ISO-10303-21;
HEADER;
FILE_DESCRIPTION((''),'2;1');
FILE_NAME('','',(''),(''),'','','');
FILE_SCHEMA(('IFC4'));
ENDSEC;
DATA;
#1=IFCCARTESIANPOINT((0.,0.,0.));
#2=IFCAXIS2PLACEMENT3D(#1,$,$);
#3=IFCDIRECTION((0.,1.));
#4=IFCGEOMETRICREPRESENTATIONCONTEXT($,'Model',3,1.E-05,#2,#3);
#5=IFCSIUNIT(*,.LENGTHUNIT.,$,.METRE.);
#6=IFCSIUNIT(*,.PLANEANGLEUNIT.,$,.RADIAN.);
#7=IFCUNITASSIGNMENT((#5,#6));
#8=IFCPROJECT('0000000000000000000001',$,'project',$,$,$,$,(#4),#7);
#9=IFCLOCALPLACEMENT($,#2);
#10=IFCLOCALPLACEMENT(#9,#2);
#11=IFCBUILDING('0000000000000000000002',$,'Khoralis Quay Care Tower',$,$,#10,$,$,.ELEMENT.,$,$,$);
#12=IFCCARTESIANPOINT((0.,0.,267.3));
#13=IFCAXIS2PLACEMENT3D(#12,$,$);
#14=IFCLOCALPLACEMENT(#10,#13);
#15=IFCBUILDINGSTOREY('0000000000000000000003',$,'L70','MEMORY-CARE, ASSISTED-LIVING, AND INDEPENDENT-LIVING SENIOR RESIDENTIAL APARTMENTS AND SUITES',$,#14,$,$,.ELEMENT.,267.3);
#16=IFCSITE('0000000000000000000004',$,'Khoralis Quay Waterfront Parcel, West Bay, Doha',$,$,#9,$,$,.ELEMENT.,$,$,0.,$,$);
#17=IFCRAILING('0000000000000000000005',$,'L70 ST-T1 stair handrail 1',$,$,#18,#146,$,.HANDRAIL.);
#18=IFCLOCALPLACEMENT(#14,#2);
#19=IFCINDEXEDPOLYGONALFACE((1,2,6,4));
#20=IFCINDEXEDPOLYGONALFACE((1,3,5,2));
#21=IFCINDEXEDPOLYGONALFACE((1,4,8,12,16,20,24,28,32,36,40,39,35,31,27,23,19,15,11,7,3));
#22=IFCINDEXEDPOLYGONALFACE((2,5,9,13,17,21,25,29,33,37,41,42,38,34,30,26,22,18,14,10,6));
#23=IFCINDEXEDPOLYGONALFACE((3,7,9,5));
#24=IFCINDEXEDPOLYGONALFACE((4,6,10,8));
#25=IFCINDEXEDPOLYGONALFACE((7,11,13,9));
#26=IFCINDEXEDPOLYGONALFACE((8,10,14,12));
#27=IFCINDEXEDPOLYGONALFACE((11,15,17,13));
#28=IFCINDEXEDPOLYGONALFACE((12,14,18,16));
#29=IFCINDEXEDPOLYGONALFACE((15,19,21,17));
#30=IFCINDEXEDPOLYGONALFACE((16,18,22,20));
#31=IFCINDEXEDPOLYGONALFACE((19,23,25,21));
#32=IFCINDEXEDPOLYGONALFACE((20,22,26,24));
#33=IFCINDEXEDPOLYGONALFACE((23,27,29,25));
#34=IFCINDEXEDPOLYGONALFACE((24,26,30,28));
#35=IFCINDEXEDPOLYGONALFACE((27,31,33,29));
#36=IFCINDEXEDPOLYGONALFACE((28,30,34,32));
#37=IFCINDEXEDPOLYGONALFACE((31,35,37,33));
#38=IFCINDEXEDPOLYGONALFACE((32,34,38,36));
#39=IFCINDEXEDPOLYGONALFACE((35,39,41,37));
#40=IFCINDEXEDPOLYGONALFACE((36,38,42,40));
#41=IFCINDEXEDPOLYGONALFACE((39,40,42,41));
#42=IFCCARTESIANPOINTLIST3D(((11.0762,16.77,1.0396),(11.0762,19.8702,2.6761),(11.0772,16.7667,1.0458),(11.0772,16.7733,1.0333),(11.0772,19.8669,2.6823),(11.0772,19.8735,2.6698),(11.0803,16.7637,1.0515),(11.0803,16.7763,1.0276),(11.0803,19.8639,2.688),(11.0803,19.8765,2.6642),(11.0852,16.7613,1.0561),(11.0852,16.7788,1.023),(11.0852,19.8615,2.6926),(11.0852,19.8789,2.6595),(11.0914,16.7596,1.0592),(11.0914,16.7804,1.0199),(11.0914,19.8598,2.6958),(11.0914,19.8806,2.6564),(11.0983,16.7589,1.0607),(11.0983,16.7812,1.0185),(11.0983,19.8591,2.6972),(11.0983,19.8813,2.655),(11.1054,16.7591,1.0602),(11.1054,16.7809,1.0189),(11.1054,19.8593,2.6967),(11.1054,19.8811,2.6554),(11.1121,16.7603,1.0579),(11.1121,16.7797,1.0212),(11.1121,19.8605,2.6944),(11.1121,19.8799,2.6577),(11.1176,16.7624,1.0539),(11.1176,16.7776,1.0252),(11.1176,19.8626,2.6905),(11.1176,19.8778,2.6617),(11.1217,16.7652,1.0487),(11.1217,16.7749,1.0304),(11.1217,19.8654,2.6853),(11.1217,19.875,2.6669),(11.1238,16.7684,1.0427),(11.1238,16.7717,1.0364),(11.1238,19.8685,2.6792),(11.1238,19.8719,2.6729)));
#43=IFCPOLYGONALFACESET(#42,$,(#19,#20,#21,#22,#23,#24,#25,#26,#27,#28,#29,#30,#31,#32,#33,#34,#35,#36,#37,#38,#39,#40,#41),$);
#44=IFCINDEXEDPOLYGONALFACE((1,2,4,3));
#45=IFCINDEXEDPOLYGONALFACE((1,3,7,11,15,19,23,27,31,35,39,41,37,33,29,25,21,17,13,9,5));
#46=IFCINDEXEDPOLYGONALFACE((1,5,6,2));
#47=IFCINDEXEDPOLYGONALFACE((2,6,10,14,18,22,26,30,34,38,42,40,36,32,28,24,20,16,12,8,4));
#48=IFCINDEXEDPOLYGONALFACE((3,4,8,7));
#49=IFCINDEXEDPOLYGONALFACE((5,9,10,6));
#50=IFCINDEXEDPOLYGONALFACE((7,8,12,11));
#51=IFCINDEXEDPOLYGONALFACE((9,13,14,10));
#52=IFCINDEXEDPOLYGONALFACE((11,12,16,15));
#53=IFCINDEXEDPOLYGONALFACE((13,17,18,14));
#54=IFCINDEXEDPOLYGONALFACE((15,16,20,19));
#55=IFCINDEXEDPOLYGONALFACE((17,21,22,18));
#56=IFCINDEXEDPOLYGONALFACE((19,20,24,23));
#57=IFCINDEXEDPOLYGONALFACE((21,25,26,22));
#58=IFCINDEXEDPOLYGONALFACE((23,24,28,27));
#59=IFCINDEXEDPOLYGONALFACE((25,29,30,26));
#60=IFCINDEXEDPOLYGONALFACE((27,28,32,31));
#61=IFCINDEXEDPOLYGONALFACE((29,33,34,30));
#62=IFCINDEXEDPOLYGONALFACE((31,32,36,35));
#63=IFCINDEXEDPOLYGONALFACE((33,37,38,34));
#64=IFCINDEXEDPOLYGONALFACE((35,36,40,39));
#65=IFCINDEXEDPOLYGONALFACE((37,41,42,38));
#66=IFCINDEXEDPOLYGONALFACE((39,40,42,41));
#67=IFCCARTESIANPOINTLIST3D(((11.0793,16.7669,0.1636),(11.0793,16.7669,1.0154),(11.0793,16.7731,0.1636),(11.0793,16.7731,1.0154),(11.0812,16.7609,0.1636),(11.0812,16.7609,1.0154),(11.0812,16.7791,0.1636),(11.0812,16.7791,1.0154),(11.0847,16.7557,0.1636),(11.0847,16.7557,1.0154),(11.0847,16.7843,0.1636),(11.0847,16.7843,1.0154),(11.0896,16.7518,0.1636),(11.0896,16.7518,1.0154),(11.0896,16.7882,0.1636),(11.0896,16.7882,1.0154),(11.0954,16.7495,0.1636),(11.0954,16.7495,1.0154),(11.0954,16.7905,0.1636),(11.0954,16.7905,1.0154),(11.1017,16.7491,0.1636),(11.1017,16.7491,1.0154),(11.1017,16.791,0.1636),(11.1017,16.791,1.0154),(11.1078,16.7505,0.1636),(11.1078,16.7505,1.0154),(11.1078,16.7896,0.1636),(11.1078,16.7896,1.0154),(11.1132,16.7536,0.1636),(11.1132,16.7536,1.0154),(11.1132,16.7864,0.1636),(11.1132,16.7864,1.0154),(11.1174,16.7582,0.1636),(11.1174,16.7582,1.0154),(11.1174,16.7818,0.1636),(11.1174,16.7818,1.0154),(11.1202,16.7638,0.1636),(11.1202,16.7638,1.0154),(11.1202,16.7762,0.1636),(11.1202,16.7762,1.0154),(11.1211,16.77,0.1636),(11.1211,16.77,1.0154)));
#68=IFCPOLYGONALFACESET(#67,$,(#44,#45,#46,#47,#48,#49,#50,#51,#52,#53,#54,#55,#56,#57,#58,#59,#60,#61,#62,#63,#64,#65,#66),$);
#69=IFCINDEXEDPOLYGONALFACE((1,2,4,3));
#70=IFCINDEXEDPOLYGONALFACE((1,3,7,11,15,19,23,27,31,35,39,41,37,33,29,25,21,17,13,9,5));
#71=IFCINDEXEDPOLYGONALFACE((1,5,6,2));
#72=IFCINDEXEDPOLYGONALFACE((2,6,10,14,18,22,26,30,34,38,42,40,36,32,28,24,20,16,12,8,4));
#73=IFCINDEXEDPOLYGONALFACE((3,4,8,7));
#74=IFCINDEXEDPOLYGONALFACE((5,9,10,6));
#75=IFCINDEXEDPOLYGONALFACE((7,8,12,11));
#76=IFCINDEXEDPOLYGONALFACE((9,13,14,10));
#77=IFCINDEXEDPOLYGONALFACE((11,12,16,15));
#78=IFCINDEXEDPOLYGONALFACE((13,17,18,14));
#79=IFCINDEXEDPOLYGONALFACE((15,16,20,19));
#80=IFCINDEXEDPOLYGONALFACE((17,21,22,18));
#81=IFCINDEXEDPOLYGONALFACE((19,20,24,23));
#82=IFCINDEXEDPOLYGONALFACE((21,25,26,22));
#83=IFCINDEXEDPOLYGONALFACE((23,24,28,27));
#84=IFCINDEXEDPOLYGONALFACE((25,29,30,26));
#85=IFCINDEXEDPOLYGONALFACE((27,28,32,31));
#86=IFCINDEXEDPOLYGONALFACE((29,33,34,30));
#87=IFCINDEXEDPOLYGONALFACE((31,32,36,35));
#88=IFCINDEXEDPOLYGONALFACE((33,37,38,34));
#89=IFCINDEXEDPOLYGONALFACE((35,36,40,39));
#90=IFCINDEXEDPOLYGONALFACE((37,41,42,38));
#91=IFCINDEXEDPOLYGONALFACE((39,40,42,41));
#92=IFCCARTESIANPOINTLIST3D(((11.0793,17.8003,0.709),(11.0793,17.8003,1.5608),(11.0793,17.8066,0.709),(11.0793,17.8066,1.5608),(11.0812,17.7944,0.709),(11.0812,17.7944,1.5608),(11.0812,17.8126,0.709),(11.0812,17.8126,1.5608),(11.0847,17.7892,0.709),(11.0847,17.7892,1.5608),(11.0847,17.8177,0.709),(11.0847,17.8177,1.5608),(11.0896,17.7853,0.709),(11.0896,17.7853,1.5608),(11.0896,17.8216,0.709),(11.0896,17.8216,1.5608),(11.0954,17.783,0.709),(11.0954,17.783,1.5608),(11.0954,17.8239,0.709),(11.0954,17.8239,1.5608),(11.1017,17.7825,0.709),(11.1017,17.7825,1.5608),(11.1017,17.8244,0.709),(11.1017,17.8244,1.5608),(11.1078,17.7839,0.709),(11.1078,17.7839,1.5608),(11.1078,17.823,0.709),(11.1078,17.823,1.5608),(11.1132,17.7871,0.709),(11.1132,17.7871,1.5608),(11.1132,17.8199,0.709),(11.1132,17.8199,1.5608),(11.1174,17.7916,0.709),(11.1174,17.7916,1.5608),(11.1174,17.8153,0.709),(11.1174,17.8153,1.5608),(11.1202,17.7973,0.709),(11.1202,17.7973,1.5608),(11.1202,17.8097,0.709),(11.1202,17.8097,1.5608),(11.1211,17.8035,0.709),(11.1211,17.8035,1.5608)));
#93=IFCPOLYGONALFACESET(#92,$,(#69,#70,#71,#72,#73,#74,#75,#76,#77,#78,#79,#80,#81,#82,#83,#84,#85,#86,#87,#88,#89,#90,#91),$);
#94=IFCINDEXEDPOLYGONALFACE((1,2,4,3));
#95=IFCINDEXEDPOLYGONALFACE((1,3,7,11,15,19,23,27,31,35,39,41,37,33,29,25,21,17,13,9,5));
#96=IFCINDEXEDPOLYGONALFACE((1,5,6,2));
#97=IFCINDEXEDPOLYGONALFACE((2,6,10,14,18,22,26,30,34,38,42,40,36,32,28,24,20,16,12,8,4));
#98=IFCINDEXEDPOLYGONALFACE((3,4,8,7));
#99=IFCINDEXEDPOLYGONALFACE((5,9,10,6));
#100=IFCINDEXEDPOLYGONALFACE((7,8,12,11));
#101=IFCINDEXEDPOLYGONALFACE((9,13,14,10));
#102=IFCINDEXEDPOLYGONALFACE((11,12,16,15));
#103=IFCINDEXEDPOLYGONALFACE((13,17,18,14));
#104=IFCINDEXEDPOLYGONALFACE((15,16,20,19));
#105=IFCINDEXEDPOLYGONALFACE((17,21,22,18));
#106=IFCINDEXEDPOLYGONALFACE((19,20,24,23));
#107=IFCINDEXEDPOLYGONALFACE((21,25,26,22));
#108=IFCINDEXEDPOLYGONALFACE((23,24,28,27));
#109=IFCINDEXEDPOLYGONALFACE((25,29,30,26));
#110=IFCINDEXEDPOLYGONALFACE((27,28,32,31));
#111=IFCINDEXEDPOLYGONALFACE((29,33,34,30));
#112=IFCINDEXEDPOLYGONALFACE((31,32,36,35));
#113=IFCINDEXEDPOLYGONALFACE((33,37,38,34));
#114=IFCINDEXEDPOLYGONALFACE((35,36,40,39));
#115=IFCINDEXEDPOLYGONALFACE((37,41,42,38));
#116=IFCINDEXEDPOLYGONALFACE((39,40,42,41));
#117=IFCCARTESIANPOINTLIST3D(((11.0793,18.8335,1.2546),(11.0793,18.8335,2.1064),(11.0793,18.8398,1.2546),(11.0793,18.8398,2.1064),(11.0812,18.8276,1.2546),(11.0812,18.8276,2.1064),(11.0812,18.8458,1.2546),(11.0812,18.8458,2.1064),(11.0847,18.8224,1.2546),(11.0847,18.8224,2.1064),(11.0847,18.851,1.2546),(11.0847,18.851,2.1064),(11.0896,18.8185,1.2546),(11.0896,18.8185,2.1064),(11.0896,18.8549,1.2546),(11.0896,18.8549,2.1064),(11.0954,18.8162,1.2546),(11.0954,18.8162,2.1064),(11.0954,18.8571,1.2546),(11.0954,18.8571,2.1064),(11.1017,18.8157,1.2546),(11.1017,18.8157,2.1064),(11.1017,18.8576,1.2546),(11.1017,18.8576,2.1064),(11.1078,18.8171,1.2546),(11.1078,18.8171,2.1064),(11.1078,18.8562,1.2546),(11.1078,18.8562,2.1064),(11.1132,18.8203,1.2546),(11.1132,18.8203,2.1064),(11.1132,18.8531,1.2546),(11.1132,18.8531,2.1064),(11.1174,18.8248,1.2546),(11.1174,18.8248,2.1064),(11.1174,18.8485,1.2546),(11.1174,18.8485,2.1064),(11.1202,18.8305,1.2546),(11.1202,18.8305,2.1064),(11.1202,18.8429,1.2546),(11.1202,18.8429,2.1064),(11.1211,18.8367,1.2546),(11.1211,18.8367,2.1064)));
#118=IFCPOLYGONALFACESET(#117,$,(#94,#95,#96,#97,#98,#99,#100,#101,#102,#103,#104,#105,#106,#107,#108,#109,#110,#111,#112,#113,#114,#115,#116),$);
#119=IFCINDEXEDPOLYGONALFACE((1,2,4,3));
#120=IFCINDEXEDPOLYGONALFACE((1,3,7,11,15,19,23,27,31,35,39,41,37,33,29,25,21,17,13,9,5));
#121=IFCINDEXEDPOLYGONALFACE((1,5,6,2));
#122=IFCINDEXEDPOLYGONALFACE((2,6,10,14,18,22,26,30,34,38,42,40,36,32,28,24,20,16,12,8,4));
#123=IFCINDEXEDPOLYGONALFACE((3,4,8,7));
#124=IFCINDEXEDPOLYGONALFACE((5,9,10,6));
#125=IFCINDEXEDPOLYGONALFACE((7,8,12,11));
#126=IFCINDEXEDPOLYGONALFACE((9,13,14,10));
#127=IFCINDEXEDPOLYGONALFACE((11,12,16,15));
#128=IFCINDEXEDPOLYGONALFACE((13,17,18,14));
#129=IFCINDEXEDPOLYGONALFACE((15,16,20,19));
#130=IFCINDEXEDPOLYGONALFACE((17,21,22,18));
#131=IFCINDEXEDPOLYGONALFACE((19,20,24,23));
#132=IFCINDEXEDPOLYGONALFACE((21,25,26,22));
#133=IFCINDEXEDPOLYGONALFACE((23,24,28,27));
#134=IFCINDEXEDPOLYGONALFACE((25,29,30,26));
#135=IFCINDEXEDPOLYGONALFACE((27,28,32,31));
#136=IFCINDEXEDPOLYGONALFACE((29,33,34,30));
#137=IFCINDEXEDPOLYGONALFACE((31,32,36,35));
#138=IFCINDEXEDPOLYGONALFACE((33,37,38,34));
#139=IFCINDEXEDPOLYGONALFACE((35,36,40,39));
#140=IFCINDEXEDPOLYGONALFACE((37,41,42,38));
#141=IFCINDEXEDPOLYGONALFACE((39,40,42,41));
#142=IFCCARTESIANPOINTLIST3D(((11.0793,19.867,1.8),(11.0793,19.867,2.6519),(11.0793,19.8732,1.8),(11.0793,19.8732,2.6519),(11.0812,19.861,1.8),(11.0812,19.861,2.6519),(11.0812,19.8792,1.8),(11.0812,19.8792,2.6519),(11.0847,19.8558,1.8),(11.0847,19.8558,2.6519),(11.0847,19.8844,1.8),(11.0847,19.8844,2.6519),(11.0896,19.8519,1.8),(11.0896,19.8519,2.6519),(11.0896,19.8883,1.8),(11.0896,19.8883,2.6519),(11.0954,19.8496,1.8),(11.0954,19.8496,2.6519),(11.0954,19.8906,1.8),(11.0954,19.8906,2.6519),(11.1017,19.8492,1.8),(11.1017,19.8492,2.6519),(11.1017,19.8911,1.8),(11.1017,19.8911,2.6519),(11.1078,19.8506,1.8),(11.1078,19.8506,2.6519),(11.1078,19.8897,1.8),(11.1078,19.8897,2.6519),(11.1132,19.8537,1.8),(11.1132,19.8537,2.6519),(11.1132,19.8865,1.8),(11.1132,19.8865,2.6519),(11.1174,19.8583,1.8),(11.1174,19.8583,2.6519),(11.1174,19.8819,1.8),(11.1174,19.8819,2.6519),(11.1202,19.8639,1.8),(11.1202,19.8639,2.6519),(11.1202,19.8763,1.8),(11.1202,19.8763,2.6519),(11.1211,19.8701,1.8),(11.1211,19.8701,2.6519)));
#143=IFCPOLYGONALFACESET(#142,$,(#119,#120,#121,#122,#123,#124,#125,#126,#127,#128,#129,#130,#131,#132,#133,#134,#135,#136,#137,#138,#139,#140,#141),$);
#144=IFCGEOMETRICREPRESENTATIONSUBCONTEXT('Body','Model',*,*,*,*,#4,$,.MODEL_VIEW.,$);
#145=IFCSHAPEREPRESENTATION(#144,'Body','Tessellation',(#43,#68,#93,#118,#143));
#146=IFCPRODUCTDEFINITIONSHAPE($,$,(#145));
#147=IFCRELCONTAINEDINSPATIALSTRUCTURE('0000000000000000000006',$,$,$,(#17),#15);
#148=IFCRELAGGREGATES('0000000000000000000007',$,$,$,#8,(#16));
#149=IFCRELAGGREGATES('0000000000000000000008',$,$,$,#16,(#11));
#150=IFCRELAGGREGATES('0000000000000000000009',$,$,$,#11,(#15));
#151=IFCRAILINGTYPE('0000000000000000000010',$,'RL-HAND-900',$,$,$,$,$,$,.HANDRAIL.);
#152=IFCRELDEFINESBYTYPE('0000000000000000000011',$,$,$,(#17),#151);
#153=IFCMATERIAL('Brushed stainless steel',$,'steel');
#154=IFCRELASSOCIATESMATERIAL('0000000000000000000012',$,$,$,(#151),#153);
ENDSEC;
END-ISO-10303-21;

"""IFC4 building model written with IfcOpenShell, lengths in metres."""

from ifc_helpers import new_model, si_unit, direction, frame, origin, origin_2d, place, context, subcontext, project, spatial, circle, extrude, material, type_object, element, save


model = new_model("IFC4")

# Units and contexts
model_context = context("Model", 3, precision=1e-05, world=origin(), true_north=direction((0.0, 1.0)))
body_context = subcontext(model_context, "Body", "Model", "MODEL_VIEW")
ifc_project = project(units=[si_unit("LENGTHUNIT", "METRE"), si_unit("PLANEANGLEUNIT", "RADIAN")], contexts=[model_context])

# Site, building, storey
site_placement = place(None, origin())
site = spatial("IfcSite", under=ifc_project, at=site_placement, Name="Khoralis Quay Waterfront Parcel, West Bay, Doha", CompositionType="ELEMENT", RefElevation=0.0)
building_placement = place(site_placement, origin())
building = spatial("IfcBuilding", under=site, at=building_placement, Name="Khoralis Quay Care Tower", CompositionType="ELEMENT")
storey_placement = place(building_placement, frame((0.0, 0.0, 267.3)))
storey = spatial("IfcBuildingStorey", under=building, at=storey_placement, Name="L70", Description="MEMORY-CARE, ASSISTED-LIVING, AND INDEPENDENT-LIVING SENIOR RESIDENTIAL APARTMENTS AND SUITES", CompositionType="ELEMENT", Elevation=267.3)

# Railing
ifc_material_1 = material(Name="Brushed stainless steel", Category="steel")
railing_type_1 = type_object("IfcRailingType", Name="RL-HAND-900", PredefinedType="HANDRAIL", material=ifc_material_1)
railing_1_placement = place(storey_placement, frame((11.1001, 16.77, 0.1636)))
element("IfcRailing", 1, at=railing_1_placement, inside=storey, type_object=railing_type_1, Name="L70 ST-T1 stair handrail 1", PredefinedType="HANDRAIL", context=body_context, shape_type="SweptSolid", body=[
    extrude(circle(Radius=0.0239, at=origin_2d()), frame((0.0, 0.0, 0.876), z_axis=(0.0, 0.884348, 0.466828), x_axis=(-1.0, 0.0, 0.0)), (0.0, 0.0, 1.0), 3.5056),
    extrude(circle(Radius=0.021, at=origin_2d()), origin(), (0.0, 0.0, 1.0), 0.8518),
    extrude(circle(Radius=0.021, at=origin_2d()), frame((0.0, 1.0334, 0.5454)), (0.0, 0.0, 1.0), 0.8518),
    extrude(circle(Radius=0.021, at=origin_2d()), frame((0.0, 2.0667, 1.0911)), (0.0, 0.0, 1.0), 0.8518),
    extrude(circle(Radius=0.021, at=origin_2d()), frame((0.0, 3.1001, 1.6365)), (0.0, 0.0, 1.0), 0.8518),
])

save(model, "model.ifc")
